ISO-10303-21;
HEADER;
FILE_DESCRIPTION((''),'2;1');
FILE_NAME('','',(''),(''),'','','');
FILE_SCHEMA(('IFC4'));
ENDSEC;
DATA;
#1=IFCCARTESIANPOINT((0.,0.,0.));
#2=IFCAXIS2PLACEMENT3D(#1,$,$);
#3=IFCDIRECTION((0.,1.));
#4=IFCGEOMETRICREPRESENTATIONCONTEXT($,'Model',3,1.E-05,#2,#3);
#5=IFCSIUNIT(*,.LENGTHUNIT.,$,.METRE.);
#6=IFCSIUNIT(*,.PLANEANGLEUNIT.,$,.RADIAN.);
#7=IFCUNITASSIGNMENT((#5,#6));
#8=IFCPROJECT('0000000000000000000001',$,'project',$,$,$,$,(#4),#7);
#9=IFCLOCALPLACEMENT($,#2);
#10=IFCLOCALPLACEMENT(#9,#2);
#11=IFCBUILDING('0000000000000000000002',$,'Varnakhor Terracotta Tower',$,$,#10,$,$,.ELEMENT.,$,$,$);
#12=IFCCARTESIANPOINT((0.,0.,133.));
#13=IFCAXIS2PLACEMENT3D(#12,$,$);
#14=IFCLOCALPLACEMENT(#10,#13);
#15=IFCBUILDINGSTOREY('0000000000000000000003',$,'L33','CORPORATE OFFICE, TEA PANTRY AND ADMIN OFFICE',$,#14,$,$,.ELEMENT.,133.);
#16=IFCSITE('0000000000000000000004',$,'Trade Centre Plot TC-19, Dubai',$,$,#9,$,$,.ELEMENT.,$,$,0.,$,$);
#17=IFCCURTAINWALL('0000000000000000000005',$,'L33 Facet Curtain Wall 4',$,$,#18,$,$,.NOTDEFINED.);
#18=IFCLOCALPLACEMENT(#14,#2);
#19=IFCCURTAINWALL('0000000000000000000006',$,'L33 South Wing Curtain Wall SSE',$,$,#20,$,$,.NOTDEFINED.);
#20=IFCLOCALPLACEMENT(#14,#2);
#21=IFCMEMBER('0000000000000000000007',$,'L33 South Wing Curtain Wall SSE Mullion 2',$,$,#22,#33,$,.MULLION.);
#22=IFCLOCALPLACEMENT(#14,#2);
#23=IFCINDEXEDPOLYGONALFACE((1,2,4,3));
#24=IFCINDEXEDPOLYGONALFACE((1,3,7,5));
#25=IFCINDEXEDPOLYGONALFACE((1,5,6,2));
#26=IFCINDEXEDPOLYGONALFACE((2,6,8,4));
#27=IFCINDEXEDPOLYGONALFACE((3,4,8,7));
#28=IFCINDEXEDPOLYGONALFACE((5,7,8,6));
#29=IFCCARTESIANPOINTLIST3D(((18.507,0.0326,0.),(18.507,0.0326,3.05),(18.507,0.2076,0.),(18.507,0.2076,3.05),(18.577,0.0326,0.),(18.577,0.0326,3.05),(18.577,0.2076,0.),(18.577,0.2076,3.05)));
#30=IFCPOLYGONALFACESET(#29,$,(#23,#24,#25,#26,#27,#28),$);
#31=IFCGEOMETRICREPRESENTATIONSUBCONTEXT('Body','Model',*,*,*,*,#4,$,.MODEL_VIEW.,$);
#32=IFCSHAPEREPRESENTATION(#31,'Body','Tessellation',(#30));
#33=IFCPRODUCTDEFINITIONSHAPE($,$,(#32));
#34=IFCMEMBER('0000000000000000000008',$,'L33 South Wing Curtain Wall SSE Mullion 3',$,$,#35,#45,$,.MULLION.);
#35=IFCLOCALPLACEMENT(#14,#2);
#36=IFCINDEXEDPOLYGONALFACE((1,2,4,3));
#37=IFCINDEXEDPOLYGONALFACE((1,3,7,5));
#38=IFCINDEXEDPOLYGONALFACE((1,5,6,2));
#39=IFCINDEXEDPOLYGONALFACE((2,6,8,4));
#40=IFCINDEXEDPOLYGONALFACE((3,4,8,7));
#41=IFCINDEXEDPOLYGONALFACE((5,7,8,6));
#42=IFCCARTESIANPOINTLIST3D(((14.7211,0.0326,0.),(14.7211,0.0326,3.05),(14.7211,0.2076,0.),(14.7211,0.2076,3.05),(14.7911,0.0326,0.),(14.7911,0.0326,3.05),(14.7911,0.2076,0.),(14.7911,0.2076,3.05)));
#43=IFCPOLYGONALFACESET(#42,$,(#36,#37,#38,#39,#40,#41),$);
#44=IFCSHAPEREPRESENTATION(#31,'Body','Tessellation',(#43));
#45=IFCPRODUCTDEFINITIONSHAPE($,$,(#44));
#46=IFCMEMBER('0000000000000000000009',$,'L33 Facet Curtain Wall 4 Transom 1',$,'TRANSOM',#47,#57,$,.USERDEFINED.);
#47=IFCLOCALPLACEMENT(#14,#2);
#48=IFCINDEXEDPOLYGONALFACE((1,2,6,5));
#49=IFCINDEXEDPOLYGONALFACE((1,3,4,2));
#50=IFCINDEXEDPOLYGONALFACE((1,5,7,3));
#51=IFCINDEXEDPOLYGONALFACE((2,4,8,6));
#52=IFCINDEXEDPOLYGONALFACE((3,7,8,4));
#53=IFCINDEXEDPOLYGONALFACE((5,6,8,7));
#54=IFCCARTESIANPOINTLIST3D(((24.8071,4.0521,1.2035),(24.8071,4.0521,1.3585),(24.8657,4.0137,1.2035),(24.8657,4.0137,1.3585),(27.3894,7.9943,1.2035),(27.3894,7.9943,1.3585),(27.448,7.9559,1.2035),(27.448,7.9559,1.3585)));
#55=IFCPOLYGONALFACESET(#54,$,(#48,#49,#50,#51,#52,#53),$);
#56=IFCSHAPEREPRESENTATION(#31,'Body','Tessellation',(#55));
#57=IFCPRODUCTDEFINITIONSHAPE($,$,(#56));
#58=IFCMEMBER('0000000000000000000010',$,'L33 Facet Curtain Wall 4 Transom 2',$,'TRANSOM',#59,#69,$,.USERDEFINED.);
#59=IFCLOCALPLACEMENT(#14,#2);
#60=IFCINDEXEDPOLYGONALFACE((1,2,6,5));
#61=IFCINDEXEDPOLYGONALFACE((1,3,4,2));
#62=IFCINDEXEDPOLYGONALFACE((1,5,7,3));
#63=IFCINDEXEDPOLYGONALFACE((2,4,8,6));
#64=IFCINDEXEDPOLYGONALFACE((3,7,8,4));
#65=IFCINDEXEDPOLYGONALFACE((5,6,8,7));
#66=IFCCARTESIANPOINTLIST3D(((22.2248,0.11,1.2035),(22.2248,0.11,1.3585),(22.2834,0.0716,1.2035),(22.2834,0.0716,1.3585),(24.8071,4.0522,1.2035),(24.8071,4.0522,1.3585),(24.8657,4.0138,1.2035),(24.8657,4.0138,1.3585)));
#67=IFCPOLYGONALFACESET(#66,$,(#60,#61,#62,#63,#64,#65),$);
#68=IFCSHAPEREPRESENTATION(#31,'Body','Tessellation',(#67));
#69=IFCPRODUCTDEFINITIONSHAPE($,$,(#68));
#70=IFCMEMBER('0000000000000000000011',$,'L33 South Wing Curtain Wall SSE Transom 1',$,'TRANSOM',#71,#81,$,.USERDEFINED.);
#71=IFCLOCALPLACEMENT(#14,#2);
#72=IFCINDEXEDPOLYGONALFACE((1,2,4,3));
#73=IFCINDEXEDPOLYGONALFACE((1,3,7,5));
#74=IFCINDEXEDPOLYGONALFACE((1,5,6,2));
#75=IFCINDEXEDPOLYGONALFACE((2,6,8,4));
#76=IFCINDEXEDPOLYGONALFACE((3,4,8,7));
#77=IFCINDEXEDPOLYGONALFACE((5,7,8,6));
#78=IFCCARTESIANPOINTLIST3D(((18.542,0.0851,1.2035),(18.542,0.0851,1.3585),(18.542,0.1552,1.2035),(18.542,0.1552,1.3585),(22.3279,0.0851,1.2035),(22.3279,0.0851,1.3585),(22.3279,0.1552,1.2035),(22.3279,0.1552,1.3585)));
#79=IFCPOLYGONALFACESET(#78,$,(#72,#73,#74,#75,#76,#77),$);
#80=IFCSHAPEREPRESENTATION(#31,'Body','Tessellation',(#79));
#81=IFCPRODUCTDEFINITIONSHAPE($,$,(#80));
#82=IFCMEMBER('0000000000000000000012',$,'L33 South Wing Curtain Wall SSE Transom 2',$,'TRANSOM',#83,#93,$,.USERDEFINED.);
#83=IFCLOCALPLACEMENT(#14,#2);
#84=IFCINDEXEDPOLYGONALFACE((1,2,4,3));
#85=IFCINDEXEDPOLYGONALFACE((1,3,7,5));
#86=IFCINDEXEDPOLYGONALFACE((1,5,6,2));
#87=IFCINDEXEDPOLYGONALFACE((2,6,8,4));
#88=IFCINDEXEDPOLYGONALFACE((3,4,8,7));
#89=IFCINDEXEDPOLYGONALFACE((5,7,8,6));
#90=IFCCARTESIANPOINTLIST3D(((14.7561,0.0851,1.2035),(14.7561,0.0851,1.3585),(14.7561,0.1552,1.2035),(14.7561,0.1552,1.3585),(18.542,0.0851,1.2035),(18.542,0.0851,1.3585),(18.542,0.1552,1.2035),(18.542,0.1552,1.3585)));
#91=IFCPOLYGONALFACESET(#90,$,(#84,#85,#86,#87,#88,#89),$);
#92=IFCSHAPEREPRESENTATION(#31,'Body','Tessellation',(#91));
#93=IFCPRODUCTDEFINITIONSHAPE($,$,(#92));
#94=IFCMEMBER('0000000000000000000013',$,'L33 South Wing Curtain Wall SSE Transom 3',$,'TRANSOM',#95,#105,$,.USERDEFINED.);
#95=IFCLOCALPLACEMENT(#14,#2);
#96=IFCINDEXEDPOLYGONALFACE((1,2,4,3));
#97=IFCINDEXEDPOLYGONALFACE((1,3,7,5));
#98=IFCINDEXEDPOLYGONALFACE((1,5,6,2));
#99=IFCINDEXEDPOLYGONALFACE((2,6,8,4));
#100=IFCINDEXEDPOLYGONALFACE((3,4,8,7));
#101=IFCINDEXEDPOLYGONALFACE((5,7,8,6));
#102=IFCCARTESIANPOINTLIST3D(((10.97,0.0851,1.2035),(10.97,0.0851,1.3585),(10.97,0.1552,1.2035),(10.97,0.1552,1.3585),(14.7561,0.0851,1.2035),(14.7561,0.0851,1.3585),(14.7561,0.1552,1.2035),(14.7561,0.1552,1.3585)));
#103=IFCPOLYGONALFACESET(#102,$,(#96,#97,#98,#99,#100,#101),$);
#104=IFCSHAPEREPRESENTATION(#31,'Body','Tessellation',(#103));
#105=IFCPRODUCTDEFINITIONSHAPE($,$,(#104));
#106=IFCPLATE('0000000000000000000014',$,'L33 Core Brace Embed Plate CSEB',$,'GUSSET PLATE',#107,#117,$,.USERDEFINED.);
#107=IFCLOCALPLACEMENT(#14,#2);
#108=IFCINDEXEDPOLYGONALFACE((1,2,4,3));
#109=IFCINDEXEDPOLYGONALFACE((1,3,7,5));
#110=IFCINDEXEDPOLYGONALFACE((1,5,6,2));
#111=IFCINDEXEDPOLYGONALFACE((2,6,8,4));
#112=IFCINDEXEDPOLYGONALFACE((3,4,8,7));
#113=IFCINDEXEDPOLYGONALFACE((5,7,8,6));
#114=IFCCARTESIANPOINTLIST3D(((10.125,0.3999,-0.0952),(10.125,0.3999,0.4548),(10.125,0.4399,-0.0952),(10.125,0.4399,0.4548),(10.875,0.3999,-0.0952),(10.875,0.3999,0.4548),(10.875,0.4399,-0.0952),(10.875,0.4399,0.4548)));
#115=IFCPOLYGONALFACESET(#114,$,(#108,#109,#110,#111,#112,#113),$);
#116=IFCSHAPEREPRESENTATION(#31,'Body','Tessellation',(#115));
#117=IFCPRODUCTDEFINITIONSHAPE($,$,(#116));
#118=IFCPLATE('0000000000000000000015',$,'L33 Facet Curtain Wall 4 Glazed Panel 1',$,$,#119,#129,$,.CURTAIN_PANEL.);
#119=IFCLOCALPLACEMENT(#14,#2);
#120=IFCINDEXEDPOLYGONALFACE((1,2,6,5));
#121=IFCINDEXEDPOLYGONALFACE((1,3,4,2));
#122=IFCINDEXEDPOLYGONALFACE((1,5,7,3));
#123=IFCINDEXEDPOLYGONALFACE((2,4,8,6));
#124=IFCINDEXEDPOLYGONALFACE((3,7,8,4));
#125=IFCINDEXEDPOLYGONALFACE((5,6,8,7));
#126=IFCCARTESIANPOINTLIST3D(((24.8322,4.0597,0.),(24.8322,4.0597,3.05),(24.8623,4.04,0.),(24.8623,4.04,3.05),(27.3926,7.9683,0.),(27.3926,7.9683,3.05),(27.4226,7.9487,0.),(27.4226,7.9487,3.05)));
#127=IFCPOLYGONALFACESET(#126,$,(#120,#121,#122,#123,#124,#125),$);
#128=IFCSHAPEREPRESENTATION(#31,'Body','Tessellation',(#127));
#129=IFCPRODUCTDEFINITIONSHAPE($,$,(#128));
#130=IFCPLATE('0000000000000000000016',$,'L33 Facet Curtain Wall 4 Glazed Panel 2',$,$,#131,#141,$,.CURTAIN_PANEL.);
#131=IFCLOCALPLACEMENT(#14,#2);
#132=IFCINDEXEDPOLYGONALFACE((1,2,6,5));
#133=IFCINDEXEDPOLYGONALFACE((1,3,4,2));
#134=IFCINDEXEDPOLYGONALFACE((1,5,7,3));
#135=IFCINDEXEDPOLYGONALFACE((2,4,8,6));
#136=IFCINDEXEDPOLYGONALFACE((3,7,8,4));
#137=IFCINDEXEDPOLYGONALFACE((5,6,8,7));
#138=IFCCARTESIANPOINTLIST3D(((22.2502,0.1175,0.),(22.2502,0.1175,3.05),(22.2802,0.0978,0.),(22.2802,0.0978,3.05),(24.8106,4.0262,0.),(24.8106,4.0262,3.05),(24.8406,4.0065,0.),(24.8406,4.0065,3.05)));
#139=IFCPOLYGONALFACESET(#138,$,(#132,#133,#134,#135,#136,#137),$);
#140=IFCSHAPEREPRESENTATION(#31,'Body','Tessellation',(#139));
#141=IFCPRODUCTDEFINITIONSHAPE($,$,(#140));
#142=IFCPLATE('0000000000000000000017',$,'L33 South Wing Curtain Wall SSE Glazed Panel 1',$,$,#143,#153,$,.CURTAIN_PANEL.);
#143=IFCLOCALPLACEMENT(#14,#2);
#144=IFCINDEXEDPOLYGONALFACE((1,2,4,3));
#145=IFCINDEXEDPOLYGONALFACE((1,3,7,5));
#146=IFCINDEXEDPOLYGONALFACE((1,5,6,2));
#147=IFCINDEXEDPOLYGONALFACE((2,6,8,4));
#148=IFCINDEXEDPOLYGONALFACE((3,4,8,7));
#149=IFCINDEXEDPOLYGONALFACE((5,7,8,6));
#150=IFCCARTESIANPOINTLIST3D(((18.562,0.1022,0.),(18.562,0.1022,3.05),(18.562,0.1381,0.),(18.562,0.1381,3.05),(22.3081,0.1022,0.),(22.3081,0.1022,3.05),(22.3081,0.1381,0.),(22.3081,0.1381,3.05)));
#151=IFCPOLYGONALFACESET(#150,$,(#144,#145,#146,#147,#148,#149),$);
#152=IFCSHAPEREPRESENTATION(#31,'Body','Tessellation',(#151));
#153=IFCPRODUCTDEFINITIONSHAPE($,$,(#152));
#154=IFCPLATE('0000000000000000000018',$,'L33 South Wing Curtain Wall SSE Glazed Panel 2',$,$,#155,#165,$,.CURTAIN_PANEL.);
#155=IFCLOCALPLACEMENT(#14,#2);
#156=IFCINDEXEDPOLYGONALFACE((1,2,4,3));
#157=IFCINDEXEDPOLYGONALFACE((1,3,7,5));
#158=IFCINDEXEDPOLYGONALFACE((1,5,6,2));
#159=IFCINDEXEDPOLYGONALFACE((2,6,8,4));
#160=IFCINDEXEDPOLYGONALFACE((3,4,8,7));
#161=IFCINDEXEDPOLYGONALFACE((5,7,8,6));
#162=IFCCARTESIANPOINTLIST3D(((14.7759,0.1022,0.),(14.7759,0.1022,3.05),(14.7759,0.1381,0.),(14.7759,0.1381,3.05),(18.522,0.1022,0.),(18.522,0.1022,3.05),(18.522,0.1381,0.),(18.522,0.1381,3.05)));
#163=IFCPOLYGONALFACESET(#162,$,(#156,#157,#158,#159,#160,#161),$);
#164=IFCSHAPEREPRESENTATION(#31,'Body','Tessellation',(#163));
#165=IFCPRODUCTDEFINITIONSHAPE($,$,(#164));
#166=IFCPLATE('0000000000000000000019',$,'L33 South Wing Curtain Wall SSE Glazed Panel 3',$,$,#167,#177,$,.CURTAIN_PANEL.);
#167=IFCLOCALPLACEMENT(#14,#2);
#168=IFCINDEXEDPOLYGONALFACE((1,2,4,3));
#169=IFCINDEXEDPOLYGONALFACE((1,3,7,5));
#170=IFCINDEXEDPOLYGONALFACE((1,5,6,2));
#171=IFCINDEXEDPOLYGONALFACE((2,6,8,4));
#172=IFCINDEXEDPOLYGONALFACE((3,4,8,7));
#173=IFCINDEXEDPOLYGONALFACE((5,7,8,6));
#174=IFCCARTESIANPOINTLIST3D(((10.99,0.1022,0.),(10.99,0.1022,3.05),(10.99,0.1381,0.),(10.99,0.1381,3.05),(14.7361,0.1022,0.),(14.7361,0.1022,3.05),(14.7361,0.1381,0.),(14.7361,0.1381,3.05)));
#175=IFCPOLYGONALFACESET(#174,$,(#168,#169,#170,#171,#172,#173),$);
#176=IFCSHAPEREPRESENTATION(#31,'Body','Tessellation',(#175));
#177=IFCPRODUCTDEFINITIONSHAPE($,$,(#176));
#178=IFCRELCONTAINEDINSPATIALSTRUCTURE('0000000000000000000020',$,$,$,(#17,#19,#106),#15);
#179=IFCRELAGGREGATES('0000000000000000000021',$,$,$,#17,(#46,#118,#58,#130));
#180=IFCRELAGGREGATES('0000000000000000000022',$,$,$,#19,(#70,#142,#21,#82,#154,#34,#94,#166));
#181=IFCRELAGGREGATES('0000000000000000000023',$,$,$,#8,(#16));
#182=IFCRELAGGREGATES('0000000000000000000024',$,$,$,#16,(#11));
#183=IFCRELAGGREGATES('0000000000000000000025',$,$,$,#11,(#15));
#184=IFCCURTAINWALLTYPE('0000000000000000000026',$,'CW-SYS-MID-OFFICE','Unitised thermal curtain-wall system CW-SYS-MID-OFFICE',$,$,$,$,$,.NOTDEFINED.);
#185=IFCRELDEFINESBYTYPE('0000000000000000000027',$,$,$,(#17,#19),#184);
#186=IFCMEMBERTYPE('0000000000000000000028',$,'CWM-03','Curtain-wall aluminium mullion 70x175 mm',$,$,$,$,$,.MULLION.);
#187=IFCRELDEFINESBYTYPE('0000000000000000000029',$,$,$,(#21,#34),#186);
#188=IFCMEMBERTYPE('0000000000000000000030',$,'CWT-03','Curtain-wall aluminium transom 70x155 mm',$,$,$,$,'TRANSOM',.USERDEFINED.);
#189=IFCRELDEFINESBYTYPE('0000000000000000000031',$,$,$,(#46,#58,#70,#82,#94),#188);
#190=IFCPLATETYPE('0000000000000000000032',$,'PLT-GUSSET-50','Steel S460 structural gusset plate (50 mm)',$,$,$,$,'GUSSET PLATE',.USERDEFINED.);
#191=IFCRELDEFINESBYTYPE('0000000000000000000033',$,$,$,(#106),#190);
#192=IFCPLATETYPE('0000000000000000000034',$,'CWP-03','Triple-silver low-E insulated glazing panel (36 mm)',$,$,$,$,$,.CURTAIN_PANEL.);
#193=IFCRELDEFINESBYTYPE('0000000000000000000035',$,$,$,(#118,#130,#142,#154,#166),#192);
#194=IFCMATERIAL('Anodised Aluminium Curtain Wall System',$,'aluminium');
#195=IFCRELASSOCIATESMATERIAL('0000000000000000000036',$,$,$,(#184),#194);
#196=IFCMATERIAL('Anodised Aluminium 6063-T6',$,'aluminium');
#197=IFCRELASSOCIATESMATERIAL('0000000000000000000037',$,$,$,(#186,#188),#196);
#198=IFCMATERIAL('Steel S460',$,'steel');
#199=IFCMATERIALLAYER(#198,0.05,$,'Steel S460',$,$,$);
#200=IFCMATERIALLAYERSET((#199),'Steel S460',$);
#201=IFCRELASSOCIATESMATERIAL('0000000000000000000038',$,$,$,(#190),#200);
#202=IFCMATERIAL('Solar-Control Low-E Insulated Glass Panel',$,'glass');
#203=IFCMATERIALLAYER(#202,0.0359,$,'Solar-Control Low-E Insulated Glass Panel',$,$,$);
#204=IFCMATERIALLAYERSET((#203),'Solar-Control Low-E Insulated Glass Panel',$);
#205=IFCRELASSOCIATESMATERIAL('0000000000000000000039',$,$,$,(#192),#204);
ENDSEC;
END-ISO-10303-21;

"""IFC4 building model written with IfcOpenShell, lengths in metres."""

from ifc_helpers import new_model, si_unit, direction, frame, origin, origin_2d, place, context, subcontext, project, spatial, rectangle, extrude, source, transform, mapped, material, layer, layer_set, material_profile, profile_set, type_object, type_shapes, element, aggregate, save


model = new_model("IFC4")

# Units and contexts
model_context = context("Model", 3, precision=1e-05, world=origin(), true_north=direction((0.0, 1.0)))
body_context = subcontext(model_context, "Body", "Model", "MODEL_VIEW")
ifc_project = project(units=[si_unit("LENGTHUNIT", "METRE"), si_unit("PLANEANGLEUNIT", "RADIAN")], contexts=[model_context])

# Site, building, storey
site_placement = place(None, origin())
site = spatial("IfcSite", under=ifc_project, at=site_placement, Name="Trade Centre Plot TC-19, Dubai", CompositionType="ELEMENT", RefElevation=0.0)
building_placement = place(site_placement, origin())
building = spatial("IfcBuilding", under=site, at=building_placement, Name="Varnakhor Terracotta Tower", CompositionType="ELEMENT")
storey_placement = place(building_placement, frame((0.0, 0.0, 133.0)))
storey = spatial("IfcBuildingStorey", under=building, at=storey_placement, Name="L33", Description="CORPORATE OFFICE, TEA PANTRY AND ADMIN OFFICE", CompositionType="ELEMENT", Elevation=133.0)

# Shared definitions
ifc_material_1 = material(Name="Steel S460", Category="steel")

# Curtain walls, members
ifc_material_2 = material(Name="Anodised Aluminium Curtain Wall System", Category="aluminium")
curtain_wall_type = type_object("IfcCurtainWallType", Name="CW-SYS-MID-OFFICE", Description="Unitised thermal curtain-wall system CW-SYS-MID-OFFICE", PredefinedType="NOTDEFINED", material=ifc_material_2)
curtain_wall_1_placement = place(storey_placement, origin())
curtain_wall_1 = element("IfcCurtainWall", 1, at=curtain_wall_1_placement, inside=storey, type_object=curtain_wall_type, Name="L33 Facet Curtain Wall 4", PredefinedType="NOTDEFINED")
ifc_material_3 = material(Name="Anodised Aluminium 6063-T6", Category="aluminium")
ifc_material_profile_1 = material_profile(ifc_material_3, rectangle(XDim=0.0701, YDim=0.175, at=origin_2d()), Name="ALU MULLION 70x175")
ifc_profile_set_1 = profile_set([ifc_material_profile_1], Name="Anodised Aluminium 6063-T6")
member_type_1 = type_object("IfcMemberType", Name="CWM-03", Description="Curtain-wall aluminium mullion 70x175 mm", PredefinedType="MULLION", material=ifc_profile_set_1)
shared_shape_1 = source(origin(), body_context, "Body", "SweptSolid", [
    extrude(rectangle(XDim=0.0701, YDim=0.175, at=origin_2d()), origin(), (0.0, 0.0, 1.0), 3.05),
])
curtain_wall_2_placement = place(storey_placement, origin())
curtain_wall_2 = element("IfcCurtainWall", 2, at=curtain_wall_2_placement, inside=storey, type_object=curtain_wall_type, Name="L33 South Wing Curtain Wall SSE", PredefinedType="NOTDEFINED")
member_1_placement = place(storey_placement, frame((18.542, 0.1201, 0.0), z_axis=(0.0, 0.0, 1.0), x_axis=(1.0, 0.0, 0.0)))
member_1 = element("IfcMember", 3, at=member_1_placement, type_object=member_type_1, Name="L33 South Wing Curtain Wall SSE Mullion 2", PredefinedType="MULLION", context=body_context, shape_type="MappedRepresentation", body=[
    mapped(shared_shape_1, transform((0.0, 0.0, 0.0), scale=1.0)),
])
member_2_placement = place(storey_placement, frame((14.7561, 0.1201, 0.0), z_axis=(0.0, 0.0, 1.0), x_axis=(1.0, 0.0, 0.0)))
member_2 = element("IfcMember", 4, at=member_2_placement, type_object=member_type_1, Name="L33 South Wing Curtain Wall SSE Mullion 3", PredefinedType="MULLION", context=body_context, shape_type="MappedRepresentation", body=[
    mapped(shared_shape_1, transform((0.0, 0.0, 0.0), scale=1.0)),
])

# Members
ifc_material_profile_2 = material_profile(ifc_material_3, rectangle(XDim=0.0701, YDim=0.155, at=origin_2d()), Name="ALU TRANSOM 70x155")
ifc_profile_set_2 = profile_set([ifc_material_profile_2], Name="Anodised Aluminium 6063-T6")
member_type_2 = type_object("IfcMemberType", Name="CWT-03", Description="Curtain-wall aluminium transom 70x155 mm", ElementType="TRANSOM", PredefinedType="USERDEFINED", material=ifc_profile_set_2)
shared_shape_2 = source(origin(), body_context, "Body", "SweptSolid", [
    extrude(rectangle(XDim=0.0701, YDim=0.155, at=origin_2d()), origin(), (0.0, 0.0, 1.0), 4.7126),
])
member_3_placement = place(storey_placement, frame((27.4187, 7.9751, 1.281), z_axis=(-0.547951, -0.83651, 0.0), x_axis=(0.83651, -0.547951, 0.0)))
member_3 = element("IfcMember", 5, at=member_3_placement, type_object=member_type_2, Name="L33 Facet Curtain Wall 4 Transom 1", ObjectType="TRANSOM", PredefinedType="USERDEFINED", context=body_context, shape_type="MappedRepresentation", body=[
    mapped(shared_shape_2, transform((0.0, 0.0, 0.0), scale=1.0)),
])
member_4_placement = place(storey_placement, frame((24.8364, 4.033, 1.281), z_axis=(-0.547951, -0.83651, 0.0), x_axis=(0.83651, -0.547951, 0.0)))
member_4 = element("IfcMember", 6, at=member_4_placement, type_object=member_type_2, Name="L33 Facet Curtain Wall 4 Transom 2", ObjectType="TRANSOM", PredefinedType="USERDEFINED", context=body_context, shape_type="MappedRepresentation", body=[
    mapped(shared_shape_2, transform((0.0, 0.0, 0.0), scale=1.0)),
])
shared_shape_3 = source(origin(), body_context, "Body", "SweptSolid", [
    extrude(rectangle(XDim=0.0701, YDim=0.155, at=origin_2d()), origin(), (0.0, 0.0, 1.0), 3.7859),
])
member_5_placement = place(storey_placement, frame((22.3279, 0.1201, 1.281), z_axis=(-1.0, 0.0, 0.0), x_axis=(0.0, -1.0, 0.0)))
member_5 = element("IfcMember", 7, at=member_5_placement, type_object=member_type_2, Name="L33 South Wing Curtain Wall SSE Transom 1", ObjectType="TRANSOM", PredefinedType="USERDEFINED", context=body_context, shape_type="MappedRepresentation", body=[
    mapped(shared_shape_3, transform((0.0, 0.0, 0.0), scale=1.0)),
])
member_6_placement = place(storey_placement, frame((18.542, 0.1201, 1.281), z_axis=(-1.0, 0.0, 0.0), x_axis=(0.0, -1.0, 0.0)))
member_6 = element("IfcMember", 8, at=member_6_placement, type_object=member_type_2, Name="L33 South Wing Curtain Wall SSE Transom 2", ObjectType="TRANSOM", PredefinedType="USERDEFINED", context=body_context, shape_type="MappedRepresentation", body=[
    mapped(shared_shape_3, transform((0.0, 0.0, 0.0), scale=1.0)),
])
shared_shape_4 = source(origin(), body_context, "Body", "SweptSolid", [
    extrude(rectangle(XDim=0.0701, YDim=0.155, at=origin_2d()), origin(), (0.0, 0.0, 1.0), 3.7861),
])
member_7_placement = place(storey_placement, frame((14.7561, 0.1201, 1.281), z_axis=(-1.0, 0.0, 0.0), x_axis=(0.0, -1.0, 0.0)))
member_7 = element("IfcMember", 9, at=member_7_placement, type_object=member_type_2, Name="L33 South Wing Curtain Wall SSE Transom 3", ObjectType="TRANSOM", PredefinedType="USERDEFINED", context=body_context, shape_type="MappedRepresentation", body=[
    mapped(shared_shape_4, transform((0.0, 0.0, 0.0), scale=1.0)),
])

# Plates
ifc_layer_1 = layer(ifc_material_1, 0.05, Name="Steel S460")
ifc_layer_set_1 = layer_set([ifc_layer_1], Name="Steel S460")
plate_type_1 = type_object("IfcPlateType", Name="PLT-GUSSET-50", Description="Steel S460 structural gusset plate (50 mm)", ElementType="GUSSET PLATE", PredefinedType="USERDEFINED", material=ifc_layer_set_1)
shared_shape_5 = source(origin(), body_context, "Body", "SweptSolid", [
    extrude(rectangle(XDim=0.75, YDim=0.04, at=origin_2d()), origin(), (0.0, 0.0, 1.0), 0.55),
])
type_shapes(plate_type_1, [shared_shape_5])
plate_1_placement = place(storey_placement, frame((10.5, 0.4199, -0.0952), z_axis=(0.0, 0.0, 1.0), x_axis=(1.0, 0.0, 0.0)))
element("IfcPlate", 10, at=plate_1_placement, inside=storey, type_object=plate_type_1, Name="L33 Core Brace Embed Plate CSEB", ObjectType="GUSSET PLATE", PredefinedType="USERDEFINED", context=body_context, shape_type="MappedRepresentation", body=[
    mapped(shared_shape_5, transform((0.0, 0.0, 0.0), scale=1.0)),
])
ifc_material_4 = material(Name="Solar-Control Low-E Insulated Glass Panel", Category="glass")
ifc_layer_2 = layer(ifc_material_4, 0.0359, Name="Solar-Control Low-E Insulated Glass Panel")
ifc_layer_set_2 = layer_set([ifc_layer_2], Name="Solar-Control Low-E Insulated Glass Panel")
plate_type_2 = type_object("IfcPlateType", Name="CWP-03", Description="Triple-silver low-E insulated glazing panel (36 mm)", PredefinedType="CURTAIN_PANEL", material=ifc_layer_set_2)
shared_shape_6 = source(origin(), body_context, "Body", "SweptSolid", [
    extrude(rectangle(XDim=4.6726, YDim=0.0359, at=origin_2d()), origin(), (0.0, 0.0, 1.0), 3.05),
])
plate_2_placement = place(storey_placement, frame((26.1274, 6.0042, 0.0), z_axis=(0.0, 0.0, 1.0), x_axis=(-0.547957, -0.836506, 0.0)))
plate_2 = element("IfcPlate", 11, at=plate_2_placement, type_object=plate_type_2, Name="L33 Facet Curtain Wall 4 Glazed Panel 1", PredefinedType="CURTAIN_PANEL", context=body_context, shape_type="MappedRepresentation", body=[
    mapped(shared_shape_6, transform((0.0, 0.0, 0.0), scale=1.0)),
])
plate_3_placement = place(storey_placement, frame((23.5454, 2.062, 0.0), z_axis=(0.0, 0.0, 1.0), x_axis=(-0.547957, -0.836506, 0.0)))
plate_3 = element("IfcPlate", 12, at=plate_3_placement, type_object=plate_type_2, Name="L33 Facet Curtain Wall 4 Glazed Panel 2", PredefinedType="CURTAIN_PANEL", context=body_context, shape_type="MappedRepresentation", body=[
    mapped(shared_shape_6, transform((0.0, 0.0, 0.0), scale=1.0)),
])
aggregate(curtain_wall_1, [member_3, plate_2, member_4, plate_3])
shared_shape_7 = source(origin(), body_context, "Body", "SweptSolid", [
    extrude(rectangle(XDim=3.7461, YDim=0.0359, at=origin_2d()), origin(), (0.0, 0.0, 1.0), 3.05),
])
plate_4_placement = place(storey_placement, frame((20.4351, 0.1201, 0.0), z_axis=(0.0, 0.0, 1.0), x_axis=(-1.0, 0.0, 0.0)))
plate_4 = element("IfcPlate", 13, at=plate_4_placement, type_object=plate_type_2, Name="L33 South Wing Curtain Wall SSE Glazed Panel 1", PredefinedType="CURTAIN_PANEL", context=body_context, shape_type="MappedRepresentation", body=[
    mapped(shared_shape_7, transform((0.0, 0.0, 0.0), scale=1.0)),
])
plate_5_placement = place(storey_placement, frame((16.6489, 0.1201, 0.0), z_axis=(0.0, 0.0, 1.0), x_axis=(-1.0, 0.0, 0.0)))
plate_5 = element("IfcPlate", 14, at=plate_5_placement, type_object=plate_type_2, Name="L33 South Wing Curtain Wall SSE Glazed Panel 2", PredefinedType="CURTAIN_PANEL", context=body_context, shape_type="MappedRepresentation", body=[
    mapped(shared_shape_7, transform((0.0, 0.0, 0.0), scale=1.0)),
])
plate_6_placement = place(storey_placement, frame((12.863, 0.1201, 0.0), z_axis=(0.0, 0.0, 1.0), x_axis=(-1.0, 0.0, 0.0)))
plate_6 = element("IfcPlate", 15, at=plate_6_placement, type_object=plate_type_2, Name="L33 South Wing Curtain Wall SSE Glazed Panel 3", PredefinedType="CURTAIN_PANEL", context=body_context, shape_type="MappedRepresentation", body=[
    mapped(shared_shape_7, transform((0.0, 0.0, 0.0), scale=1.0)),
])
aggregate(curtain_wall_2, [member_5, plate_4, member_1, member_6, plate_5, member_2, member_7, plate_6])

save(model, "model.ifc")
